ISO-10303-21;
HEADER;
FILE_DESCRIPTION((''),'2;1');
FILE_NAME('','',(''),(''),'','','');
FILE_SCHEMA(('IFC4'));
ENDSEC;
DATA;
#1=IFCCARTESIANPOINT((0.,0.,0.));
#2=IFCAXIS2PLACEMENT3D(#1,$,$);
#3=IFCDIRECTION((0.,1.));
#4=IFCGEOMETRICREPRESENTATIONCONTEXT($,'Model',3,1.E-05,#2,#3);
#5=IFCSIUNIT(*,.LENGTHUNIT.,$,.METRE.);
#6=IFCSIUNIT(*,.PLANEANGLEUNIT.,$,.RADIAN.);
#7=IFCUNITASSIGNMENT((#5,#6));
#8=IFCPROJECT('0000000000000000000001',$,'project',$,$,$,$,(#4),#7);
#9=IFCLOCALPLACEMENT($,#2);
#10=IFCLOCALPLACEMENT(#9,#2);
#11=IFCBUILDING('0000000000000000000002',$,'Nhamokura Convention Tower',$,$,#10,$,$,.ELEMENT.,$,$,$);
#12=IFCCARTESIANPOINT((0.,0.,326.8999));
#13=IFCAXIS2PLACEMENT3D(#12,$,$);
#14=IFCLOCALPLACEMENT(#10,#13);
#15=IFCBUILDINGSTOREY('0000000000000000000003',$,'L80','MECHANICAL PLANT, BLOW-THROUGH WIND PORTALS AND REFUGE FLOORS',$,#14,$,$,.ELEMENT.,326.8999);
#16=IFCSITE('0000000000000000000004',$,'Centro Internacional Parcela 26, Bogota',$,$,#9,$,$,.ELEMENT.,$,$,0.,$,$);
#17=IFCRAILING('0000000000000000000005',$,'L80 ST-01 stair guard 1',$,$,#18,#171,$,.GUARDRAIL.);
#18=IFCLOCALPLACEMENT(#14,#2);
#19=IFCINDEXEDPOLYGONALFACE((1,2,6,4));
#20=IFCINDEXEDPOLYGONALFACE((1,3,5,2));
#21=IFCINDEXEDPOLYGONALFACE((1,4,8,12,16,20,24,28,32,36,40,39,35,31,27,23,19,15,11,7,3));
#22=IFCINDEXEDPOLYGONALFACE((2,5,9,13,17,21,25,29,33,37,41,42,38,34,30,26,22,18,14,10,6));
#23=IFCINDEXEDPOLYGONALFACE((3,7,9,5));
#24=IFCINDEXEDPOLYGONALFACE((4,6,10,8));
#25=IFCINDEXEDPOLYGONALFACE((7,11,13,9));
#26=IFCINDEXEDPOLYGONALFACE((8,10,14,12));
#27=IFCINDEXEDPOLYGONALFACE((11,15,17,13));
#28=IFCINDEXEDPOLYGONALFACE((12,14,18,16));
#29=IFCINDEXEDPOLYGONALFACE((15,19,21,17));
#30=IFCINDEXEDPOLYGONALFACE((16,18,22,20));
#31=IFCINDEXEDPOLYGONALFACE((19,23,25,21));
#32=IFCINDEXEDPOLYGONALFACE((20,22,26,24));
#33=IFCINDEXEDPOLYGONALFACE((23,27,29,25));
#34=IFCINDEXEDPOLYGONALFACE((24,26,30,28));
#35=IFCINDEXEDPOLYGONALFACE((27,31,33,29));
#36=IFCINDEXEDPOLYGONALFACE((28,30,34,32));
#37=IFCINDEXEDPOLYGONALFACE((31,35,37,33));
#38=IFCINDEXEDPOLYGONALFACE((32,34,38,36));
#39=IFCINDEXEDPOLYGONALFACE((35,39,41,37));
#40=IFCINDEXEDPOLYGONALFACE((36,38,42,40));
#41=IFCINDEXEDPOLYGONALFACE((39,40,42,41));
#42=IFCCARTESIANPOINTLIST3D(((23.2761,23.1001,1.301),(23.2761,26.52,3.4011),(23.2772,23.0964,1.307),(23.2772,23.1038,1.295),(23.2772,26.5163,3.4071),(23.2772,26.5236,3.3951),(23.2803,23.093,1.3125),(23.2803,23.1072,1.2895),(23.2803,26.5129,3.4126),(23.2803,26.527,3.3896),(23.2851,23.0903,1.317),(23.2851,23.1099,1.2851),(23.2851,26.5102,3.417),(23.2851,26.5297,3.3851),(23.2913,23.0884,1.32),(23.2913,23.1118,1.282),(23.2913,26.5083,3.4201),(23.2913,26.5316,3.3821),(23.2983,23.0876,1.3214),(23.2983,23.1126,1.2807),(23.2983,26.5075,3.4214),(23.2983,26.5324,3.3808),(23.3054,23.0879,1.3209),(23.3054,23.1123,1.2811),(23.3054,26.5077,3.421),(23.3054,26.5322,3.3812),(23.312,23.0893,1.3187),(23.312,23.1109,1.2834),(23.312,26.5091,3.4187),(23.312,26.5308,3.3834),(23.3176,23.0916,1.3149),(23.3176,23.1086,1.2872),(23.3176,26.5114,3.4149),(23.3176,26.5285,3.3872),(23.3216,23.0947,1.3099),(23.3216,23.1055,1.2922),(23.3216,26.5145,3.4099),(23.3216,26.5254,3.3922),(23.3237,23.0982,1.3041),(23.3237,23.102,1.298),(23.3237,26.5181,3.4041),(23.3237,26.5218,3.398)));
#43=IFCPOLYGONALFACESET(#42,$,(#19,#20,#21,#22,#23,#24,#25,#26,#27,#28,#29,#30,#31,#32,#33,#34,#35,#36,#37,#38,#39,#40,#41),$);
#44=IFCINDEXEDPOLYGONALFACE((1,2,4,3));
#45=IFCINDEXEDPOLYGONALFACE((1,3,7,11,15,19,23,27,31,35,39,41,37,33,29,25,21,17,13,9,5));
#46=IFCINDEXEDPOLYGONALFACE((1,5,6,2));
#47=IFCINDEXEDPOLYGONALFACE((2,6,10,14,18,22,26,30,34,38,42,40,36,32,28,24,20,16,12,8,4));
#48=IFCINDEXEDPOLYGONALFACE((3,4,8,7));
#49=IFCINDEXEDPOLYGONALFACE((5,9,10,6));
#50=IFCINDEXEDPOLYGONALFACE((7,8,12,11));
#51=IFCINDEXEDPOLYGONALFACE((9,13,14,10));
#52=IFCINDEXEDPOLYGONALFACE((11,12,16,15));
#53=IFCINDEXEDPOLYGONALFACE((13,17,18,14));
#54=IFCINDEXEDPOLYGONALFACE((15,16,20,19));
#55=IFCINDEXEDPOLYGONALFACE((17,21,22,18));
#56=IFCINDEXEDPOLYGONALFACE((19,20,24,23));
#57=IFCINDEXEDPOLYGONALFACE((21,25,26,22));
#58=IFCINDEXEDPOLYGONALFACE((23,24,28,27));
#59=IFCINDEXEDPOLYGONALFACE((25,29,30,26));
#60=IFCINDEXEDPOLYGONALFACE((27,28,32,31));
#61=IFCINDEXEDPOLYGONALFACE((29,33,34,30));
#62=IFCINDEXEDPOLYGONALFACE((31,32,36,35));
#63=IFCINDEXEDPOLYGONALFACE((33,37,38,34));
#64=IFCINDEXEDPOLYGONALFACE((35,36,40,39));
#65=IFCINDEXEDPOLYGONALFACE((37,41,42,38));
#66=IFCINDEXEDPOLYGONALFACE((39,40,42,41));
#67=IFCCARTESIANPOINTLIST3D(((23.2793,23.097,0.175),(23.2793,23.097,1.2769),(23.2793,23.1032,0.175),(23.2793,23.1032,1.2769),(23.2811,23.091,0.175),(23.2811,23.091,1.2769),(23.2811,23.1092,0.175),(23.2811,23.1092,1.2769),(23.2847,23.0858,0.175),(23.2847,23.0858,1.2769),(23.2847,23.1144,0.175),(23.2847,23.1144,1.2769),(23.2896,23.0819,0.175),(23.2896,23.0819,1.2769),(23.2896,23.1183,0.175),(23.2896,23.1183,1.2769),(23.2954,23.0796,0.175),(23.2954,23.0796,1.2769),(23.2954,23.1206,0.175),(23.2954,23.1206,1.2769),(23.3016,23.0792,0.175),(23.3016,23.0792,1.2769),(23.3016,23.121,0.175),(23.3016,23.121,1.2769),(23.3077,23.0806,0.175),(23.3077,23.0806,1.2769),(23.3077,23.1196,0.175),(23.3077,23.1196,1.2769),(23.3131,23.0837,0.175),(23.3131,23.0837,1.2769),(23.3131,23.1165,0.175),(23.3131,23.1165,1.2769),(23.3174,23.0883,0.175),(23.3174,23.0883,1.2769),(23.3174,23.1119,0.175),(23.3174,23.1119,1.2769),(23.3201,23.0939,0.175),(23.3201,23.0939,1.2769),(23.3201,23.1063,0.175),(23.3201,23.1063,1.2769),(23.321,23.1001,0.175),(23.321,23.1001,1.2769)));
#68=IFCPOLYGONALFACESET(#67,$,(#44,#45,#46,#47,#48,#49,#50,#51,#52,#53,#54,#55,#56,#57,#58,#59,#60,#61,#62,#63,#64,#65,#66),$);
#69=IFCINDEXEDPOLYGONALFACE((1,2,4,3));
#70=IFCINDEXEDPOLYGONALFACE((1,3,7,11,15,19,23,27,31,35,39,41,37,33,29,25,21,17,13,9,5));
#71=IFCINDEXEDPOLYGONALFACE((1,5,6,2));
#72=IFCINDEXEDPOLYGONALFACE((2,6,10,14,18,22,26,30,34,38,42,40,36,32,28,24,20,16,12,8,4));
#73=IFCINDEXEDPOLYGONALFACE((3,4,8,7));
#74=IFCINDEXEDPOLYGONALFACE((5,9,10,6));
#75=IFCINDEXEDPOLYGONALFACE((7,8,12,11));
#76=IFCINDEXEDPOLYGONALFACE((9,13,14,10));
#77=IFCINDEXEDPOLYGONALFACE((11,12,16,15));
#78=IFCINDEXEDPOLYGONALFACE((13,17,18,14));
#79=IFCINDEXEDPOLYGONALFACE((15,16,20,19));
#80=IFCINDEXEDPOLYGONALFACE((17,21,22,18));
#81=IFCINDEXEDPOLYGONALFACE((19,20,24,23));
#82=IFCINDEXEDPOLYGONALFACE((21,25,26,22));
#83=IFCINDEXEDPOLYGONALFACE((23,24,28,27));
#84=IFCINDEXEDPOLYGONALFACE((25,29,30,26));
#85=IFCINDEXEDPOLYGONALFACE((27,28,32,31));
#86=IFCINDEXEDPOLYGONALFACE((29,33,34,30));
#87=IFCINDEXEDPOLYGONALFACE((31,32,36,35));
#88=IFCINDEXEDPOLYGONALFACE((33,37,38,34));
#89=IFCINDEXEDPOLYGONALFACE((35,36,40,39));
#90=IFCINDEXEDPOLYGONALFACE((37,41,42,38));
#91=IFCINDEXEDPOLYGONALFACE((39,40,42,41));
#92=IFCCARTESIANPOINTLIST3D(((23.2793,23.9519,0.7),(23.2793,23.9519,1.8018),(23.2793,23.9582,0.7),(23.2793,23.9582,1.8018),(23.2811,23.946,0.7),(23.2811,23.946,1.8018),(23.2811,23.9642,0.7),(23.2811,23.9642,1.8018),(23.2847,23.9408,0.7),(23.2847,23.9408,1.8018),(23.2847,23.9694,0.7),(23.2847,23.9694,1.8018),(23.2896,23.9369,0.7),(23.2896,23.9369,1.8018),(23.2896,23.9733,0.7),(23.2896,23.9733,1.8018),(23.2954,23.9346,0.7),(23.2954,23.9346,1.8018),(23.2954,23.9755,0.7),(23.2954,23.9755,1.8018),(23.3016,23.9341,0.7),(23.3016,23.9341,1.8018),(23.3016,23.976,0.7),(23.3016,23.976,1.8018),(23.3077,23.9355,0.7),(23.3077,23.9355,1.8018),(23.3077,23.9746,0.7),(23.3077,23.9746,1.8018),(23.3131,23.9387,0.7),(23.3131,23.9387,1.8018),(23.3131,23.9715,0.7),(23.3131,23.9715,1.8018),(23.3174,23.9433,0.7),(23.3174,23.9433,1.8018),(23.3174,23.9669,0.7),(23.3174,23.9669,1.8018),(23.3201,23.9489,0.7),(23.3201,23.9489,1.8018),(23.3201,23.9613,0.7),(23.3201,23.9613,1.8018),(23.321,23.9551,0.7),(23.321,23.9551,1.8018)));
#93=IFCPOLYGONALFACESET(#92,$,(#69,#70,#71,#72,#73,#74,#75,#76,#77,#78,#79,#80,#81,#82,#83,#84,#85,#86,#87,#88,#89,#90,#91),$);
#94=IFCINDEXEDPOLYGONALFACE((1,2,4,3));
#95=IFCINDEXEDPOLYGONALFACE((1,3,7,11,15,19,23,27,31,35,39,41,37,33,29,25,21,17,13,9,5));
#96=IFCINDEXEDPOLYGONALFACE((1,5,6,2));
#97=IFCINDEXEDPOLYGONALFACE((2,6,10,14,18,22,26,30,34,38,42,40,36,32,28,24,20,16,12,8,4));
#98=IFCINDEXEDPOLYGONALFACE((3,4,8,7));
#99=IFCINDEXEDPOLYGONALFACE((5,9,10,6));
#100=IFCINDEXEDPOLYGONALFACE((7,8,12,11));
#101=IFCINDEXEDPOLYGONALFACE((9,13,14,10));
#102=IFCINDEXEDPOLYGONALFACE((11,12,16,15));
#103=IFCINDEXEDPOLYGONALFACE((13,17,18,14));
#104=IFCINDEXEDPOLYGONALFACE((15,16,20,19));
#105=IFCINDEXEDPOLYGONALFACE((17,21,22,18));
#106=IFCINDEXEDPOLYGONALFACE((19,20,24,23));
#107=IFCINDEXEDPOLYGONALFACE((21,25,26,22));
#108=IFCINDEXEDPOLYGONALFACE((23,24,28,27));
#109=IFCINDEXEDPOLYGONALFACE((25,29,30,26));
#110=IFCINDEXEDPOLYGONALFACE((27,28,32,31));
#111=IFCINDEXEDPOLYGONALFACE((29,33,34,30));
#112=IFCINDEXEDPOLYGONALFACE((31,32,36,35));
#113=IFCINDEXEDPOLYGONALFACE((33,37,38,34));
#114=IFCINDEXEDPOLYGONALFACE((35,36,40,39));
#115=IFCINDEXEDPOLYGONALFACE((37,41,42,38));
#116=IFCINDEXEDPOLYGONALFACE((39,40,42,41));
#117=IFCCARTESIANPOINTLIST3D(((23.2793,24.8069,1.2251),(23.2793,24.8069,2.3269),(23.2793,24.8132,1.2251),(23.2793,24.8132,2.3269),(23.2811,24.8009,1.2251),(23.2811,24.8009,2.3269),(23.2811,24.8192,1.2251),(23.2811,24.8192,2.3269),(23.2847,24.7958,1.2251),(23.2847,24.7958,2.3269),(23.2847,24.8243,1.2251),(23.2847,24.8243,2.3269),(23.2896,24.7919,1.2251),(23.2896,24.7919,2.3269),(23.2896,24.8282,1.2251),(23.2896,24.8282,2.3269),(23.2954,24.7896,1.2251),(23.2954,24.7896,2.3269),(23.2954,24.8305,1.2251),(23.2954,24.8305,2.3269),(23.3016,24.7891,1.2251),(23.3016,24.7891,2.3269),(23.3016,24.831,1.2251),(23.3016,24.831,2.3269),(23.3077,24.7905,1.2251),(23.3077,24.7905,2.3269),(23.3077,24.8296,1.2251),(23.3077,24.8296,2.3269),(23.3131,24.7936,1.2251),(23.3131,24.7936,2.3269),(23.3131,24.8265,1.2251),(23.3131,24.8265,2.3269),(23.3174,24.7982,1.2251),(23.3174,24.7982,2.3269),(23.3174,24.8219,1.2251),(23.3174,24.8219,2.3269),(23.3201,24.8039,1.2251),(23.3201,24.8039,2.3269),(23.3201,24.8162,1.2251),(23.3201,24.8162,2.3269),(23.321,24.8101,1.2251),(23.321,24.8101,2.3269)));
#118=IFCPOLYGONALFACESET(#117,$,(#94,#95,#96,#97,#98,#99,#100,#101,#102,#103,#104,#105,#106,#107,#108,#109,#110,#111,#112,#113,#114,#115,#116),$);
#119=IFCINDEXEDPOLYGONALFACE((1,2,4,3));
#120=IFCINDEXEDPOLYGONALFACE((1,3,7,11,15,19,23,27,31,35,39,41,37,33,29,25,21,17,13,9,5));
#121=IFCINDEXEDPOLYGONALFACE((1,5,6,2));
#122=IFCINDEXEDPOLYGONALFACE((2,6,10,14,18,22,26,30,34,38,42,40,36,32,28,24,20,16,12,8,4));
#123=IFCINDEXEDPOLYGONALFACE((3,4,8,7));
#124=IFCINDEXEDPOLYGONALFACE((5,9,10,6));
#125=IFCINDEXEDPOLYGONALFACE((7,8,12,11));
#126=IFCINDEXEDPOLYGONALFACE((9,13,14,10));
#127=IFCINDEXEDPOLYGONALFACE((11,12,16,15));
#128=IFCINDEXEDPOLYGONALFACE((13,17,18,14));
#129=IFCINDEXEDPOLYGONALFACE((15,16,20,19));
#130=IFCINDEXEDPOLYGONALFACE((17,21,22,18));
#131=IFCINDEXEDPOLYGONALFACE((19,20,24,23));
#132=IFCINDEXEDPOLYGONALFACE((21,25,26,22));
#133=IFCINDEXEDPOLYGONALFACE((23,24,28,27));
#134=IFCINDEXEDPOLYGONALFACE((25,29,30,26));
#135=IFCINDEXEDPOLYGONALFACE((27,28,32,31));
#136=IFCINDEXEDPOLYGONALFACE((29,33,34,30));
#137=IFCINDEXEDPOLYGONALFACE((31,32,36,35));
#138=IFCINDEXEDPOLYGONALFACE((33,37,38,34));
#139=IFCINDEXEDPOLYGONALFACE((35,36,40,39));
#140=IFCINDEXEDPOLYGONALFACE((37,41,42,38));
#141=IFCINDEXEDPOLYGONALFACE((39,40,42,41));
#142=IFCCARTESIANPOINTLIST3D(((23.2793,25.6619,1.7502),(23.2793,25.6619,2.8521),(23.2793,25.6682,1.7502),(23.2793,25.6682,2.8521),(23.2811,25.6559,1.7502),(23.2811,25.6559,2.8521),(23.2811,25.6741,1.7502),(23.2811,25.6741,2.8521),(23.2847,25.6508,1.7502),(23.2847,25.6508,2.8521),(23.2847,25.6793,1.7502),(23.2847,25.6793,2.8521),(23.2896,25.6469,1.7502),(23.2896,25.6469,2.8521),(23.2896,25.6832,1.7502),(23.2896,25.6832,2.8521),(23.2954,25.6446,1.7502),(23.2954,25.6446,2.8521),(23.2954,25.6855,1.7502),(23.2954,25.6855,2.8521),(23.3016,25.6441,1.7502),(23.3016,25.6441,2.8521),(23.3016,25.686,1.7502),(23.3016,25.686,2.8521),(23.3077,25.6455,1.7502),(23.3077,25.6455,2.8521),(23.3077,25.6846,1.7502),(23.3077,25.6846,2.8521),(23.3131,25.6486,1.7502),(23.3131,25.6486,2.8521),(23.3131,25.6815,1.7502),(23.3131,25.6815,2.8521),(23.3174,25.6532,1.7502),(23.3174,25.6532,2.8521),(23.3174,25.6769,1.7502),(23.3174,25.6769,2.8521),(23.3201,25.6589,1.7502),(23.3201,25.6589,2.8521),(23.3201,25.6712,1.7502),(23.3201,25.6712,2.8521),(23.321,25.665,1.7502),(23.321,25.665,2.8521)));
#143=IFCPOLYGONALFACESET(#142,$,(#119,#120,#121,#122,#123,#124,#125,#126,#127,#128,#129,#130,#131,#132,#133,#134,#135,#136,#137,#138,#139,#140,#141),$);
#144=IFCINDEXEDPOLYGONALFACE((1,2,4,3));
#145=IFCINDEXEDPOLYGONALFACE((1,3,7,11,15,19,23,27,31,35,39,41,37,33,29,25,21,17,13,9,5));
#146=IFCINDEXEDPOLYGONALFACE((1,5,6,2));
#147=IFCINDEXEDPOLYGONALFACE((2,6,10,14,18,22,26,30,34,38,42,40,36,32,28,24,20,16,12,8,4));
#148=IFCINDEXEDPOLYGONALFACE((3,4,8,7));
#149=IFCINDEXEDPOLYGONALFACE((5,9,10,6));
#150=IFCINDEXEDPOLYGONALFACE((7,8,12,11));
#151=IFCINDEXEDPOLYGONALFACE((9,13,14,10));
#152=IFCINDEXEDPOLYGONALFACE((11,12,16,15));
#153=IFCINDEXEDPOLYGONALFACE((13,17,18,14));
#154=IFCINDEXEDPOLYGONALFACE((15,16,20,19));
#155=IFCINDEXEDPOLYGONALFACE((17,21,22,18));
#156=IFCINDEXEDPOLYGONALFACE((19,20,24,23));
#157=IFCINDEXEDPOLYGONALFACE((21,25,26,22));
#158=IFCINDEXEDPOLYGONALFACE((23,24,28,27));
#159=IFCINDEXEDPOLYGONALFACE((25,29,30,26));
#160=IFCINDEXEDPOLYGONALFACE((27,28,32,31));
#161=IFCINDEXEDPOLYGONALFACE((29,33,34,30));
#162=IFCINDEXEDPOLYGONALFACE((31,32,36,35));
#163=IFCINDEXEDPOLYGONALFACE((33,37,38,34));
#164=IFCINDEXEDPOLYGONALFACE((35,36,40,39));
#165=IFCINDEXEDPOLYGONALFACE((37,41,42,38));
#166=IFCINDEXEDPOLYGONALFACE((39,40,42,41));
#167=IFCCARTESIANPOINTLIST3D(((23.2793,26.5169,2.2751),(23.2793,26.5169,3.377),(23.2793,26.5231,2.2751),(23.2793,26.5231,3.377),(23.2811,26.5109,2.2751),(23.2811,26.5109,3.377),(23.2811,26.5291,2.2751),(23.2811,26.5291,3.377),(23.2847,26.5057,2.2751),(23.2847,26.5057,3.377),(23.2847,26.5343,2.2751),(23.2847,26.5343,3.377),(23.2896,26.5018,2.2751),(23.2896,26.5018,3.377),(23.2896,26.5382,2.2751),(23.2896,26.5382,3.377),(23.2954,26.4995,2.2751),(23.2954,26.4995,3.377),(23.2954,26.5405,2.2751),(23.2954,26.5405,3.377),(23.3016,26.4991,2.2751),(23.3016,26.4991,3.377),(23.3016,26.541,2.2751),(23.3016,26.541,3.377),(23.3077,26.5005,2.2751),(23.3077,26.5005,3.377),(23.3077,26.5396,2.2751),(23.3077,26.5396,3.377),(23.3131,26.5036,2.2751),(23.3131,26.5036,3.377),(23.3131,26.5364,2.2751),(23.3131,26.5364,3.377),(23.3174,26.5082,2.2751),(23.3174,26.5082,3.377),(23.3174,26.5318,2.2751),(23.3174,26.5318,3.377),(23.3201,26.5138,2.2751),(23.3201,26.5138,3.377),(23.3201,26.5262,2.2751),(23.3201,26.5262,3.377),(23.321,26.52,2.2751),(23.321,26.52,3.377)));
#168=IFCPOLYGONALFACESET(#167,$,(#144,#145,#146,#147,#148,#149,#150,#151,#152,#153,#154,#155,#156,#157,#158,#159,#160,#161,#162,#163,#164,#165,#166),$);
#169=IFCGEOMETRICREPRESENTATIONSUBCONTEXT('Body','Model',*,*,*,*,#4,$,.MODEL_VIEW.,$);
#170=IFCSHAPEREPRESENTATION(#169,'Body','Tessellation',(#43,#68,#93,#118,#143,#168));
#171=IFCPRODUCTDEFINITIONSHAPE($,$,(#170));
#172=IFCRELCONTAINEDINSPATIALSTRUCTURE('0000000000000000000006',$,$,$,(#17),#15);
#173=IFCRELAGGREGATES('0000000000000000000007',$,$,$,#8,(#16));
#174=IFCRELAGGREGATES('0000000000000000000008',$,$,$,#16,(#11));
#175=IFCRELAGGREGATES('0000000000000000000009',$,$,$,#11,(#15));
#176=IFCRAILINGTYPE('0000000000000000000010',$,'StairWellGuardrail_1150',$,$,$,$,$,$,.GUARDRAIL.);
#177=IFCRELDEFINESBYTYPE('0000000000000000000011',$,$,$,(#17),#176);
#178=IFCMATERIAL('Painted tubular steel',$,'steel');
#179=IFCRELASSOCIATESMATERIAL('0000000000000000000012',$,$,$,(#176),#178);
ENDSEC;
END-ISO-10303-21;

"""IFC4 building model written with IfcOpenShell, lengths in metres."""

from ifc_helpers import new_model, si_unit, direction, frame, origin, origin_2d, place, context, subcontext, project, spatial, circle, extrude, material, type_object, element, save


model = new_model("IFC4")

# Units and contexts
model_context = context("Model", 3, precision=1e-05, world=origin(), true_north=direction((0.0, 1.0)))
body_context = subcontext(model_context, "Body", "Model", "MODEL_VIEW")
ifc_project = project(units=[si_unit("LENGTHUNIT", "METRE"), si_unit("PLANEANGLEUNIT", "RADIAN")], contexts=[model_context])

# Site, building, storey
site_placement = place(None, origin())
site = spatial("IfcSite", under=ifc_project, at=site_placement, Name="Centro Internacional Parcela 26, Bogota", CompositionType="ELEMENT", RefElevation=0.0)
building_placement = place(site_placement, origin())
building = spatial("IfcBuilding", under=site, at=building_placement, Name="Nhamokura Convention Tower", CompositionType="ELEMENT")
storey_placement = place(building_placement, frame((0.0, 0.0, 326.8999)))
storey = spatial("IfcBuildingStorey", under=building, at=storey_placement, Name="L80", Description="MECHANICAL PLANT, BLOW-THROUGH WIND PORTALS AND REFUGE FLOORS", CompositionType="ELEMENT", Elevation=326.8999)

# Railing
ifc_material_1 = material(Name="Painted tubular steel", Category="steel")
railing_type_1 = type_object("IfcRailingType", Name="StairWellGuardrail_1150", PredefinedType="GUARDRAIL", material=ifc_material_1)
railing_1_placement = place(storey_placement, frame((23.3, 23.1001, 0.175)))
element("IfcRailing", 1, at=railing_1_placement, inside=storey, type_object=railing_type_1, Name="L80 ST-01 stair guard 1", PredefinedType="GUARDRAIL", context=body_context, shape_type="SweptSolid", body=[
    extrude(circle(Radius=0.0239, at=origin_2d()), frame((0.0, 0.0, 1.126), z_axis=(0.0, 0.852155, 0.523289), x_axis=(-1.0, 0.0, 0.0)), (0.0, 0.0, 1.0), 4.0132),
    extrude(circle(Radius=0.021, at=origin_2d()), origin(), (0.0, 0.0, 1.0), 1.1018),
    extrude(circle(Radius=0.021, at=origin_2d()), frame((0.0, 0.855, 0.5249)), (0.0, 0.0, 1.0), 1.1018),
    extrude(circle(Radius=0.021, at=origin_2d()), frame((0.0, 1.71, 1.05)), (0.0, 0.0, 1.0), 1.1018),
    extrude(circle(Radius=0.021, at=origin_2d()), frame((0.0, 2.5649, 1.5752)), (0.0, 0.0, 1.0), 1.1018),
    extrude(circle(Radius=0.021, at=origin_2d()), frame((0.0, 3.4199, 2.1001)), (0.0, 0.0, 1.0), 1.1018),
])

save(model, "model.ifc")
